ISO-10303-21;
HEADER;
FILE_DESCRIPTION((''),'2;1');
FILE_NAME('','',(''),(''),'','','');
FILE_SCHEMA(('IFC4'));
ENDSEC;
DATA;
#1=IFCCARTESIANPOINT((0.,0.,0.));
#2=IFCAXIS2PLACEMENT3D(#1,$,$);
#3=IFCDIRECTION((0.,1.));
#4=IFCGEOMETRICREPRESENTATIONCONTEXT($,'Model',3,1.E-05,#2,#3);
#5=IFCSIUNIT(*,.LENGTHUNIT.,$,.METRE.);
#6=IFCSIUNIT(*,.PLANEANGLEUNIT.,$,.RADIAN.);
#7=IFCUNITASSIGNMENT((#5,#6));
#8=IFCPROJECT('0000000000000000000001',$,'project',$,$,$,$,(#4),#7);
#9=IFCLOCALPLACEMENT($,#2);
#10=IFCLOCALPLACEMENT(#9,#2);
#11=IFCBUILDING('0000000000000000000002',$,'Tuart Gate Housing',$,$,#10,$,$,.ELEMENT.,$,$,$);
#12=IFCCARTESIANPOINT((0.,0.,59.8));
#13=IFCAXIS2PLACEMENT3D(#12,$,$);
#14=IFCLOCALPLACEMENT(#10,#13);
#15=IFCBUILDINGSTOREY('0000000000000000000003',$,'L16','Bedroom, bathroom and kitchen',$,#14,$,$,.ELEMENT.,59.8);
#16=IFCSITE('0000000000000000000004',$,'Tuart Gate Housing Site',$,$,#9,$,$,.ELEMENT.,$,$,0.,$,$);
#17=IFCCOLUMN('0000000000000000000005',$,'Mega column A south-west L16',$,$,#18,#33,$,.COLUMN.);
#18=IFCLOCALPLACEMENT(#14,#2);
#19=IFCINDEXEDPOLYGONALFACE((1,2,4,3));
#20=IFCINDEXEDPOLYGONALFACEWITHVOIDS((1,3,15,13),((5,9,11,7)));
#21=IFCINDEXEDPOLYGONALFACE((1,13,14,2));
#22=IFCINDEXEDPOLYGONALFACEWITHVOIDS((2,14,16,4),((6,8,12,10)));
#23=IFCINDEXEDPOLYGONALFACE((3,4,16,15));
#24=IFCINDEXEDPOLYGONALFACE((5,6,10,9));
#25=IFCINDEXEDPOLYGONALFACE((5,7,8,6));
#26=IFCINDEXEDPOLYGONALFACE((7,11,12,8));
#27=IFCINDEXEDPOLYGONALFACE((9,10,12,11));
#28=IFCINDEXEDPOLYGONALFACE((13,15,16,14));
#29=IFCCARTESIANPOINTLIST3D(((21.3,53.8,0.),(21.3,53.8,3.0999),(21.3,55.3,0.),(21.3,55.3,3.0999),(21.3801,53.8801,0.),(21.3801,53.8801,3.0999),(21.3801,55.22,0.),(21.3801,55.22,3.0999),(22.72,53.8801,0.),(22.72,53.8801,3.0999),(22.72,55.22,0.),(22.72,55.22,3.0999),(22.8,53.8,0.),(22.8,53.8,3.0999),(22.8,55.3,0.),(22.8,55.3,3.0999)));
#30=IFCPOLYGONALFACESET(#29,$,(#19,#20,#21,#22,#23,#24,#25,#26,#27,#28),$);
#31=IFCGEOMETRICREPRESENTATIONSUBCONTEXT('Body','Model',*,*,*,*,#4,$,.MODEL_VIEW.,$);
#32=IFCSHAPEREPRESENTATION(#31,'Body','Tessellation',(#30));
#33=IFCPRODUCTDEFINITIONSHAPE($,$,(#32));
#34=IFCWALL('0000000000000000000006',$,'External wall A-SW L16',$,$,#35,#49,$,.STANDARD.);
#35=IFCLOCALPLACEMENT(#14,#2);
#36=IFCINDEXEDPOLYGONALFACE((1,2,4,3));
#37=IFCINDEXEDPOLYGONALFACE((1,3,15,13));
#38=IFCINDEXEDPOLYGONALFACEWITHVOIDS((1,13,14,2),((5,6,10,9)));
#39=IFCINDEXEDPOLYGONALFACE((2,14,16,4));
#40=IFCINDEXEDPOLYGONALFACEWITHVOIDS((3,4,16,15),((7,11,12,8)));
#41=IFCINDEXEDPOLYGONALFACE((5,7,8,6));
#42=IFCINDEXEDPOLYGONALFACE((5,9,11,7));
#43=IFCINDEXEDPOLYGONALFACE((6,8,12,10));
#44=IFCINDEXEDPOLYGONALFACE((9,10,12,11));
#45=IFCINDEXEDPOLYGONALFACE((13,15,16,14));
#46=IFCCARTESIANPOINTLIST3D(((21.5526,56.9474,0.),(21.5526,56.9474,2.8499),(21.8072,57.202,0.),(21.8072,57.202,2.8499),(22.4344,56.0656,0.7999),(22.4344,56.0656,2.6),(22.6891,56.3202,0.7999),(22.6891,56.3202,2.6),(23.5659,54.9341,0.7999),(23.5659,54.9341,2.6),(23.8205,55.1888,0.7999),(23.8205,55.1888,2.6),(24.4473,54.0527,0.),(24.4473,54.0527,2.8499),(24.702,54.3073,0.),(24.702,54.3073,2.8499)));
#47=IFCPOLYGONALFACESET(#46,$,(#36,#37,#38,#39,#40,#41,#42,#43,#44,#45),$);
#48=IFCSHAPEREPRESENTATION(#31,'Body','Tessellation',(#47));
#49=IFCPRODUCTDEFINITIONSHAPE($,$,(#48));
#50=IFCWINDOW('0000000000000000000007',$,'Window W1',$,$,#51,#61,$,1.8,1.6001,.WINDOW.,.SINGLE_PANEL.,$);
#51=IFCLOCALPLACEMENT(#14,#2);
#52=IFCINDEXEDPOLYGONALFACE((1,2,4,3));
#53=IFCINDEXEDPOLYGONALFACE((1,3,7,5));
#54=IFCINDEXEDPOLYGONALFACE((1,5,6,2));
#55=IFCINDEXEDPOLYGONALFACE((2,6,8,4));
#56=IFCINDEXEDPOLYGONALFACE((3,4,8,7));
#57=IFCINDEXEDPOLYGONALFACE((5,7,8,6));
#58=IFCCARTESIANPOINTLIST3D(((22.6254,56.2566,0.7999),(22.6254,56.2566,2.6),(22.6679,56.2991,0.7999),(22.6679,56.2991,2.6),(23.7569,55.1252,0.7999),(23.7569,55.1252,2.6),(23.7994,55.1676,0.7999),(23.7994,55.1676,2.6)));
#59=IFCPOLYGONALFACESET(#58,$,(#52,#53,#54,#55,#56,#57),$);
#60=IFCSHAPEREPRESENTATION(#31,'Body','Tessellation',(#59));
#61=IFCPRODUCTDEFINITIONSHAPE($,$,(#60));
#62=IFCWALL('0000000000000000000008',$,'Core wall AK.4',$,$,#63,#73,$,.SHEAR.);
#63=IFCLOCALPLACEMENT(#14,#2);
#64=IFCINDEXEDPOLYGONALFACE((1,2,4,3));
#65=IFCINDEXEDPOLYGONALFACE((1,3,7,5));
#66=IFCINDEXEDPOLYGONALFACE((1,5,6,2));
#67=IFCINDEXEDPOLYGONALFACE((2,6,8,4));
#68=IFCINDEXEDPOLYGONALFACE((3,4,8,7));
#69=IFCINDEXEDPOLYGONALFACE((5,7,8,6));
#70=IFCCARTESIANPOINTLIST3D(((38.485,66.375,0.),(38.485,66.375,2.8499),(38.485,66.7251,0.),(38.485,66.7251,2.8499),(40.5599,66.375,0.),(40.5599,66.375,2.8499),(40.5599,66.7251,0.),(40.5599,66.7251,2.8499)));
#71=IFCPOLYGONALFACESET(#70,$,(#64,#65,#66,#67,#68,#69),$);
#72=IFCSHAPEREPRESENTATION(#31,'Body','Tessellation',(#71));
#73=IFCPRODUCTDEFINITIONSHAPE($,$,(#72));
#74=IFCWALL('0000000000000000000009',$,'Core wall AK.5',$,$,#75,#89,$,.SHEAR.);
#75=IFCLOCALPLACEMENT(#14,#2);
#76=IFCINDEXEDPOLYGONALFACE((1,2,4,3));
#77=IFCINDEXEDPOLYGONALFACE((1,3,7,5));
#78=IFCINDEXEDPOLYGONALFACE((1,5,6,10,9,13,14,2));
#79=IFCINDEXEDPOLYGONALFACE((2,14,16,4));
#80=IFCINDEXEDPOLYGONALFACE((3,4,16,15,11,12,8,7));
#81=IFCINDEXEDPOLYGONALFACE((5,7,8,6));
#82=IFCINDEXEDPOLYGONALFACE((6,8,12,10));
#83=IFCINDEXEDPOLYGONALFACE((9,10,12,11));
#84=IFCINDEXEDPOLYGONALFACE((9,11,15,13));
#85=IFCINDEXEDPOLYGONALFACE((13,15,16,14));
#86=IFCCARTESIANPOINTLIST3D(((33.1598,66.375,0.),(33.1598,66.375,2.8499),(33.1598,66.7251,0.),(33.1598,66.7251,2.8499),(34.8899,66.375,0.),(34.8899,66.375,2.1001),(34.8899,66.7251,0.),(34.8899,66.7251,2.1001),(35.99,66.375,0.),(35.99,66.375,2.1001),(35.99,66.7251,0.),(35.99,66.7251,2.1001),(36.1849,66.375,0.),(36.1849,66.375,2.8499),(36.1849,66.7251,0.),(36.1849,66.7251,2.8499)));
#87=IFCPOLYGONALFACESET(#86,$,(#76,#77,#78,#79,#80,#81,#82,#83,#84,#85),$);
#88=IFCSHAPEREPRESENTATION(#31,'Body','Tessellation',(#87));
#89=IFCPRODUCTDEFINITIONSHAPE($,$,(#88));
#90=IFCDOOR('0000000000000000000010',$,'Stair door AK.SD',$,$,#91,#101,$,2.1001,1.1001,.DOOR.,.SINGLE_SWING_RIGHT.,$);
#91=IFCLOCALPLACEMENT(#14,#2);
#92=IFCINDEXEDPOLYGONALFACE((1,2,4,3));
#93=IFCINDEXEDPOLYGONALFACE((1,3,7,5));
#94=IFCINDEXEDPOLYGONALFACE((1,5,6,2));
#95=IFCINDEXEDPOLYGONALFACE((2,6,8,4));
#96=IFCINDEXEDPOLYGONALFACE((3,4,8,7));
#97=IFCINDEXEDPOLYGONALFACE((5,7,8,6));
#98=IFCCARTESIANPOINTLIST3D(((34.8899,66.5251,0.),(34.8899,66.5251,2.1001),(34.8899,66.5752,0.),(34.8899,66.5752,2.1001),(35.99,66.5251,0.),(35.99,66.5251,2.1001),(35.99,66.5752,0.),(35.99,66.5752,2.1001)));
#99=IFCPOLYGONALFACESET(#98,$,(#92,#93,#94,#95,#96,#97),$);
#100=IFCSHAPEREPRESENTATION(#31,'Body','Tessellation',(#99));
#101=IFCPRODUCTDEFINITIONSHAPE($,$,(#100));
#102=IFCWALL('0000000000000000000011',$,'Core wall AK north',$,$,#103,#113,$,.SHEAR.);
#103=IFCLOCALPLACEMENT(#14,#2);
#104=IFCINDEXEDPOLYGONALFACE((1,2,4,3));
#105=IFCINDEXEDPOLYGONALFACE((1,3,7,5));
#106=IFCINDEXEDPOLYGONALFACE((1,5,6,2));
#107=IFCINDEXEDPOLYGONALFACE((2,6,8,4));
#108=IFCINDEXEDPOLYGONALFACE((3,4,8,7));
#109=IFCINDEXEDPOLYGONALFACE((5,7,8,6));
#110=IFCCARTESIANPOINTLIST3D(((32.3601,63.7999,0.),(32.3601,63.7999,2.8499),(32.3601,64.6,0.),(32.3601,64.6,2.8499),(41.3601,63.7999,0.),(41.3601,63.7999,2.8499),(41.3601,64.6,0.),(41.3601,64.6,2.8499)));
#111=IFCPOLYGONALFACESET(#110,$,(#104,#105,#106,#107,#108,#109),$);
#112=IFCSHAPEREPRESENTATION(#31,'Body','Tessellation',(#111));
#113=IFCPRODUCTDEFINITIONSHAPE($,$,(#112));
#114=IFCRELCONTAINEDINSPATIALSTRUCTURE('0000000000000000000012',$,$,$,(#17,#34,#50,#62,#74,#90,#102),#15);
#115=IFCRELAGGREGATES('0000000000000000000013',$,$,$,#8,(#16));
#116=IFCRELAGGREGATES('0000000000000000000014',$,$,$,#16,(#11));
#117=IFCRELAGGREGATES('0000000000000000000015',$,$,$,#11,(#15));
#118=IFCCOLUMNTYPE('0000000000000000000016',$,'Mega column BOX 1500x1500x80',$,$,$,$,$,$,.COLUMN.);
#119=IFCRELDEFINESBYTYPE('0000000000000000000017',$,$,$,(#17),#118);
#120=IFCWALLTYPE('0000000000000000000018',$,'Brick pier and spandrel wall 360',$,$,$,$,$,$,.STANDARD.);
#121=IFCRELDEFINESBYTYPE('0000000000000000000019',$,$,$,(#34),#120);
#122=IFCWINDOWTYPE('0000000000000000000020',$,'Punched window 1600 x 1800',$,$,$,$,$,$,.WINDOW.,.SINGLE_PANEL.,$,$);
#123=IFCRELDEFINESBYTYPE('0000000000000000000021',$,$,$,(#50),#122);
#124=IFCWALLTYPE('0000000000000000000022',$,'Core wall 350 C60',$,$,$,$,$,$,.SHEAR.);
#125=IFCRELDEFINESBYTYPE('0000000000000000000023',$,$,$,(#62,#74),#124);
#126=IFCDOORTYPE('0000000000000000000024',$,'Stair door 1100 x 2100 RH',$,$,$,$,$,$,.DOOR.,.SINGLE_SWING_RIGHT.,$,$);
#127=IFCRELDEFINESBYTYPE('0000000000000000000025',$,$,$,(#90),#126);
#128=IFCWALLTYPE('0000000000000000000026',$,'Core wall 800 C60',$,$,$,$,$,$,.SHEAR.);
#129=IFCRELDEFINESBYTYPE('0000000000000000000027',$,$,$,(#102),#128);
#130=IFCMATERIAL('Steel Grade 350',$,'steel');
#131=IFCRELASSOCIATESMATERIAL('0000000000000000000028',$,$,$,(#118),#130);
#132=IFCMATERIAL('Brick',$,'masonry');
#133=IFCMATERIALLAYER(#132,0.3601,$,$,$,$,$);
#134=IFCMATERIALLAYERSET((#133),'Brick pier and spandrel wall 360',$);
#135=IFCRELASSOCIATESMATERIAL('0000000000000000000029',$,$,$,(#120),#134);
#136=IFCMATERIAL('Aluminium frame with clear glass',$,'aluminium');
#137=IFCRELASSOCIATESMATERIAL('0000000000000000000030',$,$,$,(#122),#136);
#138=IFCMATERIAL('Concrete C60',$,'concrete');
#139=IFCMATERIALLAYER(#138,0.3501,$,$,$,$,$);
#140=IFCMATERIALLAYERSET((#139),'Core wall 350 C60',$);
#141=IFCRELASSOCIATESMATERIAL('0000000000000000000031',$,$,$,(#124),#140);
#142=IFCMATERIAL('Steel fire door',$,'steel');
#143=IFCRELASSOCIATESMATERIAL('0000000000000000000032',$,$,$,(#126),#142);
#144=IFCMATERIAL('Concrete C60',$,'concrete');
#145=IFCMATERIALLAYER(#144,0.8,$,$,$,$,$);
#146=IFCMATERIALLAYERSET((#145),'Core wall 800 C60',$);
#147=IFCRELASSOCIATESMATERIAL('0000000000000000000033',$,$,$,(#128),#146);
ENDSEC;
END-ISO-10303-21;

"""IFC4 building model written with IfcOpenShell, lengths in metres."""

from ifc_helpers import new_model, si_unit, direction, frame, frame_2d, origin, origin_2d, place, context, subcontext, project, spatial, rectangle, hollow_rectangle, extrude, material, layer, layer_set, material_profile, profile_set, type_object, element, fill, save


model = new_model("IFC4")

# Units and contexts
model_context = context("Model", 3, precision=1e-05, world=origin(), true_north=direction((0.0, 1.0)))
body_context = subcontext(model_context, "Body", "Model", "MODEL_VIEW")
ifc_project = project(units=[si_unit("LENGTHUNIT", "METRE"), si_unit("PLANEANGLEUNIT", "RADIAN")], contexts=[model_context])

# Site, building, storey
site_placement = place(None, origin())
site = spatial("IfcSite", under=ifc_project, at=site_placement, Name="Tuart Gate Housing Site", CompositionType="ELEMENT", RefElevation=0.0)
building_placement = place(site_placement, origin())
building = spatial("IfcBuilding", under=site, at=building_placement, Name="Tuart Gate Housing", CompositionType="ELEMENT")
storey_placement = place(building_placement, frame((0.0, 0.0, 59.8)))
storey = spatial("IfcBuildingStorey", under=building, at=storey_placement, Name="L16", Description="Bedroom, bathroom and kitchen", CompositionType="ELEMENT", Elevation=59.8)

# Column
ifc_material_1 = material(Name="Steel Grade 350", Category="steel")
ifc_material_profile = material_profile(ifc_material_1, hollow_rectangle(XDim=1.5, YDim=1.5, WallThickness=0.0801, at=origin_2d()), Name="BOX 1500x1500x80")
ifc_profile_set = profile_set([ifc_material_profile], Name="Steel Grade 350")
column_type = type_object("IfcColumnType", Name="Mega column BOX 1500x1500x80", PredefinedType="COLUMN", material=ifc_profile_set)
column_placement = place(storey_placement, frame((22.05, 54.55, 0.0), z_axis=(0.0, 0.0, 1.0), x_axis=(1.0, 0.0, 0.0)))
element("IfcColumn", 1, at=column_placement, inside=storey, type_object=column_type, Name="Mega column A south-west L16", PredefinedType="COLUMN", context=body_context, shape_type="SweptSolid", body=[
    extrude(hollow_rectangle(XDim=1.5, YDim=1.5, WallThickness=0.0801, at=origin_2d()), origin(), (0.0, 0.0, 1.0), 3.0999),
])

# Wall, opening, window
ifc_material_2 = material(Name="Brick", Category="masonry")
ifc_layer_1 = layer(ifc_material_2, 0.3601)
ifc_layer_set_1 = layer_set([ifc_layer_1], Name="Brick pier and spandrel wall 360")
wall_type_1 = type_object("IfcWallType", Name="Brick pier and spandrel wall 360", PredefinedType="STANDARD", material=ifc_layer_set_1)
wall_1_placement = place(storey_placement, frame((21.6799, 57.0747, 0.0), z_axis=(0.0, 0.0, 1.0), x_axis=(0.707107, -0.707107, 0.0)))
wall_1 = element("IfcWall", 2, at=wall_1_placement, inside=storey, type_object=wall_type_1, Name="External wall A-SW L16", PredefinedType="STANDARD", context=body_context, shape_type="SweptSolid", body=[
    extrude(rectangle(XDim=4.0938, YDim=0.3601, at=frame_2d((2.0469, 0.0))), origin(), (0.0, 0.0, 1.0), 2.8499),
])
opening_1_placement = place(wall_1_placement, frame((1.2471, 0.0, 0.8)))
opening_1 = element("IfcOpeningElement", 3, at=opening_1_placement, cuts=wall_1, PredefinedType="OPENING", context=body_context, shape_type="SweptSolid", body=[
    extrude(rectangle(XDim=1.6001, YDim=1.8, at=frame_2d((0.8, 0.8999))), frame((0.0, 0.1899, 0.0), z_axis=(0.0, -1.0, 0.0), x_axis=(1.0, 0.0, 0.0)), (0.0, 0.0, 1.0), 0.3801),
])
ifc_material_3 = material(Name="Aluminium frame with clear glass", Category="aluminium")
window_type = type_object("IfcWindowType", Name="Punched window 1600 x 1800", PartitioningType="SINGLE_PANEL", PredefinedType="WINDOW", material=ifc_material_3)
window_placement = place(opening_1_placement, origin())
window = element("IfcWindow", 4, at=window_placement, inside=storey, type_object=window_type, Name="Window W1", OverallHeight=1.8, OverallWidth=1.6001, PartitioningType="SINGLE_PANEL", PredefinedType="WINDOW", context=body_context, shape_type="SweptSolid", body=[
    extrude(rectangle(XDim=1.6001, YDim=1.8, at=frame_2d((0.8, 0.8999))), frame((0.0, 0.1501, 0.0), z_axis=(0.0, -1.0, 0.0), x_axis=(1.0, 0.0, 0.0)), (0.0, 0.0, 1.0), 0.0601),
])
fill(opening_1, window)

# Wall
ifc_material_4 = material(Name="Concrete C60", Category="concrete")
ifc_layer_2 = layer(ifc_material_4, 0.3501)
ifc_layer_set_2 = layer_set([ifc_layer_2], Name="Core wall 350 C60")
wall_type_2 = type_object("IfcWallType", Name="Core wall 350 C60", PredefinedType="SHEAR", material=ifc_layer_set_2)
wall_2_placement = place(storey_placement, frame((40.5601, 66.55, 0.0), z_axis=(0.0, 0.0, 1.0), x_axis=(-1.0, 0.0, 0.0)))
element("IfcWall", 5, at=wall_2_placement, inside=storey, type_object=wall_type_2, Name="Core wall AK.4", PredefinedType="SHEAR", context=body_context, shape_type="SweptSolid", body=[
    extrude(rectangle(XDim=2.075, YDim=0.3501, at=frame_2d((1.0376, 0.0))), origin(), (0.0, 0.0, 1.0), 2.8499),
])

# Wall, opening, door
wall_3_placement = place(storey_placement, frame((36.1851, 66.55, 0.0), z_axis=(0.0, 0.0, 1.0), x_axis=(-1.0, 0.0, 0.0)))
wall_3 = element("IfcWall", 6, at=wall_3_placement, inside=storey, type_object=wall_type_2, Name="Core wall AK.5", PredefinedType="SHEAR", context=body_context, shape_type="SweptSolid", body=[
    extrude(rectangle(XDim=3.0251, YDim=0.3501, at=frame_2d((1.5127, 0.0))), origin(), (0.0, 0.0, 1.0), 2.8499),
])
opening_2_placement = place(wall_3_placement, frame((0.1951, 0.0, 0.0)))
opening_2 = element("IfcOpeningElement", 7, at=opening_2_placement, cuts=wall_3, PredefinedType="OPENING", context=body_context, shape_type="SweptSolid", body=[
    extrude(rectangle(XDim=1.1001, YDim=2.1001, at=frame_2d((0.55, 1.05))), frame((0.0, 0.1851, 0.0), z_axis=(0.0, -1.0, 0.0), x_axis=(1.0, 0.0, 0.0)), (0.0, 0.0, 1.0), 0.3701),
])
ifc_material_5 = material(Name="Steel fire door", Category="steel")
door_type_1 = type_object("IfcDoorType", Name="Stair door 1100 x 2100 RH", OperationType="SINGLE_SWING_RIGHT", PredefinedType="DOOR", material=ifc_material_5)
door_1_placement = place(opening_2_placement, frame((1.1001, 0.0, 0.0), z_axis=(0.0, 0.0, 1.0), x_axis=(-1.0, 0.0, 0.0)))
door_1 = element("IfcDoor", 8, at=door_1_placement, inside=storey, type_object=door_type_1, Name="Stair door AK.SD", OperationType="SINGLE_SWING_RIGHT", OverallHeight=2.1001, OverallWidth=1.1001, PredefinedType="DOOR", context=body_context, shape_type="SweptSolid", body=[
    extrude(rectangle(XDim=1.1001, YDim=2.1001, at=frame_2d((0.55, 1.05))), frame((0.0, 0.0251, 0.0), z_axis=(0.0, -1.0, 0.0), x_axis=(1.0, 0.0, 0.0)), (0.0, 0.0, 1.0), 0.05),
])
fill(opening_2, door_1)

# Wall
ifc_material_6 = material(Name="Concrete C60", Category="concrete")
ifc_layer_3 = layer(ifc_material_6, 0.8)
ifc_layer_set_3 = layer_set([ifc_layer_3], Name="Core wall 800 C60")
wall_type_3 = type_object("IfcWallType", Name="Core wall 800 C60", PredefinedType="SHEAR", material=ifc_layer_set_3)
wall_4_placement = place(storey_placement, frame((41.3601, 64.2, 0.0), z_axis=(0.0, 0.0, 1.0), x_axis=(-1.0, 0.0, 0.0)))
element("IfcWall", 9, at=wall_4_placement, inside=storey, type_object=wall_type_3, Name="Core wall AK north", PredefinedType="SHEAR", context=body_context, shape_type="SweptSolid", body=[
    extrude(rectangle(XDim=9.0, YDim=0.8, at=frame_2d((4.5, 0.0))), origin(), (0.0, 0.0, 1.0), 2.8499),
])

save(model, "model.ifc")
